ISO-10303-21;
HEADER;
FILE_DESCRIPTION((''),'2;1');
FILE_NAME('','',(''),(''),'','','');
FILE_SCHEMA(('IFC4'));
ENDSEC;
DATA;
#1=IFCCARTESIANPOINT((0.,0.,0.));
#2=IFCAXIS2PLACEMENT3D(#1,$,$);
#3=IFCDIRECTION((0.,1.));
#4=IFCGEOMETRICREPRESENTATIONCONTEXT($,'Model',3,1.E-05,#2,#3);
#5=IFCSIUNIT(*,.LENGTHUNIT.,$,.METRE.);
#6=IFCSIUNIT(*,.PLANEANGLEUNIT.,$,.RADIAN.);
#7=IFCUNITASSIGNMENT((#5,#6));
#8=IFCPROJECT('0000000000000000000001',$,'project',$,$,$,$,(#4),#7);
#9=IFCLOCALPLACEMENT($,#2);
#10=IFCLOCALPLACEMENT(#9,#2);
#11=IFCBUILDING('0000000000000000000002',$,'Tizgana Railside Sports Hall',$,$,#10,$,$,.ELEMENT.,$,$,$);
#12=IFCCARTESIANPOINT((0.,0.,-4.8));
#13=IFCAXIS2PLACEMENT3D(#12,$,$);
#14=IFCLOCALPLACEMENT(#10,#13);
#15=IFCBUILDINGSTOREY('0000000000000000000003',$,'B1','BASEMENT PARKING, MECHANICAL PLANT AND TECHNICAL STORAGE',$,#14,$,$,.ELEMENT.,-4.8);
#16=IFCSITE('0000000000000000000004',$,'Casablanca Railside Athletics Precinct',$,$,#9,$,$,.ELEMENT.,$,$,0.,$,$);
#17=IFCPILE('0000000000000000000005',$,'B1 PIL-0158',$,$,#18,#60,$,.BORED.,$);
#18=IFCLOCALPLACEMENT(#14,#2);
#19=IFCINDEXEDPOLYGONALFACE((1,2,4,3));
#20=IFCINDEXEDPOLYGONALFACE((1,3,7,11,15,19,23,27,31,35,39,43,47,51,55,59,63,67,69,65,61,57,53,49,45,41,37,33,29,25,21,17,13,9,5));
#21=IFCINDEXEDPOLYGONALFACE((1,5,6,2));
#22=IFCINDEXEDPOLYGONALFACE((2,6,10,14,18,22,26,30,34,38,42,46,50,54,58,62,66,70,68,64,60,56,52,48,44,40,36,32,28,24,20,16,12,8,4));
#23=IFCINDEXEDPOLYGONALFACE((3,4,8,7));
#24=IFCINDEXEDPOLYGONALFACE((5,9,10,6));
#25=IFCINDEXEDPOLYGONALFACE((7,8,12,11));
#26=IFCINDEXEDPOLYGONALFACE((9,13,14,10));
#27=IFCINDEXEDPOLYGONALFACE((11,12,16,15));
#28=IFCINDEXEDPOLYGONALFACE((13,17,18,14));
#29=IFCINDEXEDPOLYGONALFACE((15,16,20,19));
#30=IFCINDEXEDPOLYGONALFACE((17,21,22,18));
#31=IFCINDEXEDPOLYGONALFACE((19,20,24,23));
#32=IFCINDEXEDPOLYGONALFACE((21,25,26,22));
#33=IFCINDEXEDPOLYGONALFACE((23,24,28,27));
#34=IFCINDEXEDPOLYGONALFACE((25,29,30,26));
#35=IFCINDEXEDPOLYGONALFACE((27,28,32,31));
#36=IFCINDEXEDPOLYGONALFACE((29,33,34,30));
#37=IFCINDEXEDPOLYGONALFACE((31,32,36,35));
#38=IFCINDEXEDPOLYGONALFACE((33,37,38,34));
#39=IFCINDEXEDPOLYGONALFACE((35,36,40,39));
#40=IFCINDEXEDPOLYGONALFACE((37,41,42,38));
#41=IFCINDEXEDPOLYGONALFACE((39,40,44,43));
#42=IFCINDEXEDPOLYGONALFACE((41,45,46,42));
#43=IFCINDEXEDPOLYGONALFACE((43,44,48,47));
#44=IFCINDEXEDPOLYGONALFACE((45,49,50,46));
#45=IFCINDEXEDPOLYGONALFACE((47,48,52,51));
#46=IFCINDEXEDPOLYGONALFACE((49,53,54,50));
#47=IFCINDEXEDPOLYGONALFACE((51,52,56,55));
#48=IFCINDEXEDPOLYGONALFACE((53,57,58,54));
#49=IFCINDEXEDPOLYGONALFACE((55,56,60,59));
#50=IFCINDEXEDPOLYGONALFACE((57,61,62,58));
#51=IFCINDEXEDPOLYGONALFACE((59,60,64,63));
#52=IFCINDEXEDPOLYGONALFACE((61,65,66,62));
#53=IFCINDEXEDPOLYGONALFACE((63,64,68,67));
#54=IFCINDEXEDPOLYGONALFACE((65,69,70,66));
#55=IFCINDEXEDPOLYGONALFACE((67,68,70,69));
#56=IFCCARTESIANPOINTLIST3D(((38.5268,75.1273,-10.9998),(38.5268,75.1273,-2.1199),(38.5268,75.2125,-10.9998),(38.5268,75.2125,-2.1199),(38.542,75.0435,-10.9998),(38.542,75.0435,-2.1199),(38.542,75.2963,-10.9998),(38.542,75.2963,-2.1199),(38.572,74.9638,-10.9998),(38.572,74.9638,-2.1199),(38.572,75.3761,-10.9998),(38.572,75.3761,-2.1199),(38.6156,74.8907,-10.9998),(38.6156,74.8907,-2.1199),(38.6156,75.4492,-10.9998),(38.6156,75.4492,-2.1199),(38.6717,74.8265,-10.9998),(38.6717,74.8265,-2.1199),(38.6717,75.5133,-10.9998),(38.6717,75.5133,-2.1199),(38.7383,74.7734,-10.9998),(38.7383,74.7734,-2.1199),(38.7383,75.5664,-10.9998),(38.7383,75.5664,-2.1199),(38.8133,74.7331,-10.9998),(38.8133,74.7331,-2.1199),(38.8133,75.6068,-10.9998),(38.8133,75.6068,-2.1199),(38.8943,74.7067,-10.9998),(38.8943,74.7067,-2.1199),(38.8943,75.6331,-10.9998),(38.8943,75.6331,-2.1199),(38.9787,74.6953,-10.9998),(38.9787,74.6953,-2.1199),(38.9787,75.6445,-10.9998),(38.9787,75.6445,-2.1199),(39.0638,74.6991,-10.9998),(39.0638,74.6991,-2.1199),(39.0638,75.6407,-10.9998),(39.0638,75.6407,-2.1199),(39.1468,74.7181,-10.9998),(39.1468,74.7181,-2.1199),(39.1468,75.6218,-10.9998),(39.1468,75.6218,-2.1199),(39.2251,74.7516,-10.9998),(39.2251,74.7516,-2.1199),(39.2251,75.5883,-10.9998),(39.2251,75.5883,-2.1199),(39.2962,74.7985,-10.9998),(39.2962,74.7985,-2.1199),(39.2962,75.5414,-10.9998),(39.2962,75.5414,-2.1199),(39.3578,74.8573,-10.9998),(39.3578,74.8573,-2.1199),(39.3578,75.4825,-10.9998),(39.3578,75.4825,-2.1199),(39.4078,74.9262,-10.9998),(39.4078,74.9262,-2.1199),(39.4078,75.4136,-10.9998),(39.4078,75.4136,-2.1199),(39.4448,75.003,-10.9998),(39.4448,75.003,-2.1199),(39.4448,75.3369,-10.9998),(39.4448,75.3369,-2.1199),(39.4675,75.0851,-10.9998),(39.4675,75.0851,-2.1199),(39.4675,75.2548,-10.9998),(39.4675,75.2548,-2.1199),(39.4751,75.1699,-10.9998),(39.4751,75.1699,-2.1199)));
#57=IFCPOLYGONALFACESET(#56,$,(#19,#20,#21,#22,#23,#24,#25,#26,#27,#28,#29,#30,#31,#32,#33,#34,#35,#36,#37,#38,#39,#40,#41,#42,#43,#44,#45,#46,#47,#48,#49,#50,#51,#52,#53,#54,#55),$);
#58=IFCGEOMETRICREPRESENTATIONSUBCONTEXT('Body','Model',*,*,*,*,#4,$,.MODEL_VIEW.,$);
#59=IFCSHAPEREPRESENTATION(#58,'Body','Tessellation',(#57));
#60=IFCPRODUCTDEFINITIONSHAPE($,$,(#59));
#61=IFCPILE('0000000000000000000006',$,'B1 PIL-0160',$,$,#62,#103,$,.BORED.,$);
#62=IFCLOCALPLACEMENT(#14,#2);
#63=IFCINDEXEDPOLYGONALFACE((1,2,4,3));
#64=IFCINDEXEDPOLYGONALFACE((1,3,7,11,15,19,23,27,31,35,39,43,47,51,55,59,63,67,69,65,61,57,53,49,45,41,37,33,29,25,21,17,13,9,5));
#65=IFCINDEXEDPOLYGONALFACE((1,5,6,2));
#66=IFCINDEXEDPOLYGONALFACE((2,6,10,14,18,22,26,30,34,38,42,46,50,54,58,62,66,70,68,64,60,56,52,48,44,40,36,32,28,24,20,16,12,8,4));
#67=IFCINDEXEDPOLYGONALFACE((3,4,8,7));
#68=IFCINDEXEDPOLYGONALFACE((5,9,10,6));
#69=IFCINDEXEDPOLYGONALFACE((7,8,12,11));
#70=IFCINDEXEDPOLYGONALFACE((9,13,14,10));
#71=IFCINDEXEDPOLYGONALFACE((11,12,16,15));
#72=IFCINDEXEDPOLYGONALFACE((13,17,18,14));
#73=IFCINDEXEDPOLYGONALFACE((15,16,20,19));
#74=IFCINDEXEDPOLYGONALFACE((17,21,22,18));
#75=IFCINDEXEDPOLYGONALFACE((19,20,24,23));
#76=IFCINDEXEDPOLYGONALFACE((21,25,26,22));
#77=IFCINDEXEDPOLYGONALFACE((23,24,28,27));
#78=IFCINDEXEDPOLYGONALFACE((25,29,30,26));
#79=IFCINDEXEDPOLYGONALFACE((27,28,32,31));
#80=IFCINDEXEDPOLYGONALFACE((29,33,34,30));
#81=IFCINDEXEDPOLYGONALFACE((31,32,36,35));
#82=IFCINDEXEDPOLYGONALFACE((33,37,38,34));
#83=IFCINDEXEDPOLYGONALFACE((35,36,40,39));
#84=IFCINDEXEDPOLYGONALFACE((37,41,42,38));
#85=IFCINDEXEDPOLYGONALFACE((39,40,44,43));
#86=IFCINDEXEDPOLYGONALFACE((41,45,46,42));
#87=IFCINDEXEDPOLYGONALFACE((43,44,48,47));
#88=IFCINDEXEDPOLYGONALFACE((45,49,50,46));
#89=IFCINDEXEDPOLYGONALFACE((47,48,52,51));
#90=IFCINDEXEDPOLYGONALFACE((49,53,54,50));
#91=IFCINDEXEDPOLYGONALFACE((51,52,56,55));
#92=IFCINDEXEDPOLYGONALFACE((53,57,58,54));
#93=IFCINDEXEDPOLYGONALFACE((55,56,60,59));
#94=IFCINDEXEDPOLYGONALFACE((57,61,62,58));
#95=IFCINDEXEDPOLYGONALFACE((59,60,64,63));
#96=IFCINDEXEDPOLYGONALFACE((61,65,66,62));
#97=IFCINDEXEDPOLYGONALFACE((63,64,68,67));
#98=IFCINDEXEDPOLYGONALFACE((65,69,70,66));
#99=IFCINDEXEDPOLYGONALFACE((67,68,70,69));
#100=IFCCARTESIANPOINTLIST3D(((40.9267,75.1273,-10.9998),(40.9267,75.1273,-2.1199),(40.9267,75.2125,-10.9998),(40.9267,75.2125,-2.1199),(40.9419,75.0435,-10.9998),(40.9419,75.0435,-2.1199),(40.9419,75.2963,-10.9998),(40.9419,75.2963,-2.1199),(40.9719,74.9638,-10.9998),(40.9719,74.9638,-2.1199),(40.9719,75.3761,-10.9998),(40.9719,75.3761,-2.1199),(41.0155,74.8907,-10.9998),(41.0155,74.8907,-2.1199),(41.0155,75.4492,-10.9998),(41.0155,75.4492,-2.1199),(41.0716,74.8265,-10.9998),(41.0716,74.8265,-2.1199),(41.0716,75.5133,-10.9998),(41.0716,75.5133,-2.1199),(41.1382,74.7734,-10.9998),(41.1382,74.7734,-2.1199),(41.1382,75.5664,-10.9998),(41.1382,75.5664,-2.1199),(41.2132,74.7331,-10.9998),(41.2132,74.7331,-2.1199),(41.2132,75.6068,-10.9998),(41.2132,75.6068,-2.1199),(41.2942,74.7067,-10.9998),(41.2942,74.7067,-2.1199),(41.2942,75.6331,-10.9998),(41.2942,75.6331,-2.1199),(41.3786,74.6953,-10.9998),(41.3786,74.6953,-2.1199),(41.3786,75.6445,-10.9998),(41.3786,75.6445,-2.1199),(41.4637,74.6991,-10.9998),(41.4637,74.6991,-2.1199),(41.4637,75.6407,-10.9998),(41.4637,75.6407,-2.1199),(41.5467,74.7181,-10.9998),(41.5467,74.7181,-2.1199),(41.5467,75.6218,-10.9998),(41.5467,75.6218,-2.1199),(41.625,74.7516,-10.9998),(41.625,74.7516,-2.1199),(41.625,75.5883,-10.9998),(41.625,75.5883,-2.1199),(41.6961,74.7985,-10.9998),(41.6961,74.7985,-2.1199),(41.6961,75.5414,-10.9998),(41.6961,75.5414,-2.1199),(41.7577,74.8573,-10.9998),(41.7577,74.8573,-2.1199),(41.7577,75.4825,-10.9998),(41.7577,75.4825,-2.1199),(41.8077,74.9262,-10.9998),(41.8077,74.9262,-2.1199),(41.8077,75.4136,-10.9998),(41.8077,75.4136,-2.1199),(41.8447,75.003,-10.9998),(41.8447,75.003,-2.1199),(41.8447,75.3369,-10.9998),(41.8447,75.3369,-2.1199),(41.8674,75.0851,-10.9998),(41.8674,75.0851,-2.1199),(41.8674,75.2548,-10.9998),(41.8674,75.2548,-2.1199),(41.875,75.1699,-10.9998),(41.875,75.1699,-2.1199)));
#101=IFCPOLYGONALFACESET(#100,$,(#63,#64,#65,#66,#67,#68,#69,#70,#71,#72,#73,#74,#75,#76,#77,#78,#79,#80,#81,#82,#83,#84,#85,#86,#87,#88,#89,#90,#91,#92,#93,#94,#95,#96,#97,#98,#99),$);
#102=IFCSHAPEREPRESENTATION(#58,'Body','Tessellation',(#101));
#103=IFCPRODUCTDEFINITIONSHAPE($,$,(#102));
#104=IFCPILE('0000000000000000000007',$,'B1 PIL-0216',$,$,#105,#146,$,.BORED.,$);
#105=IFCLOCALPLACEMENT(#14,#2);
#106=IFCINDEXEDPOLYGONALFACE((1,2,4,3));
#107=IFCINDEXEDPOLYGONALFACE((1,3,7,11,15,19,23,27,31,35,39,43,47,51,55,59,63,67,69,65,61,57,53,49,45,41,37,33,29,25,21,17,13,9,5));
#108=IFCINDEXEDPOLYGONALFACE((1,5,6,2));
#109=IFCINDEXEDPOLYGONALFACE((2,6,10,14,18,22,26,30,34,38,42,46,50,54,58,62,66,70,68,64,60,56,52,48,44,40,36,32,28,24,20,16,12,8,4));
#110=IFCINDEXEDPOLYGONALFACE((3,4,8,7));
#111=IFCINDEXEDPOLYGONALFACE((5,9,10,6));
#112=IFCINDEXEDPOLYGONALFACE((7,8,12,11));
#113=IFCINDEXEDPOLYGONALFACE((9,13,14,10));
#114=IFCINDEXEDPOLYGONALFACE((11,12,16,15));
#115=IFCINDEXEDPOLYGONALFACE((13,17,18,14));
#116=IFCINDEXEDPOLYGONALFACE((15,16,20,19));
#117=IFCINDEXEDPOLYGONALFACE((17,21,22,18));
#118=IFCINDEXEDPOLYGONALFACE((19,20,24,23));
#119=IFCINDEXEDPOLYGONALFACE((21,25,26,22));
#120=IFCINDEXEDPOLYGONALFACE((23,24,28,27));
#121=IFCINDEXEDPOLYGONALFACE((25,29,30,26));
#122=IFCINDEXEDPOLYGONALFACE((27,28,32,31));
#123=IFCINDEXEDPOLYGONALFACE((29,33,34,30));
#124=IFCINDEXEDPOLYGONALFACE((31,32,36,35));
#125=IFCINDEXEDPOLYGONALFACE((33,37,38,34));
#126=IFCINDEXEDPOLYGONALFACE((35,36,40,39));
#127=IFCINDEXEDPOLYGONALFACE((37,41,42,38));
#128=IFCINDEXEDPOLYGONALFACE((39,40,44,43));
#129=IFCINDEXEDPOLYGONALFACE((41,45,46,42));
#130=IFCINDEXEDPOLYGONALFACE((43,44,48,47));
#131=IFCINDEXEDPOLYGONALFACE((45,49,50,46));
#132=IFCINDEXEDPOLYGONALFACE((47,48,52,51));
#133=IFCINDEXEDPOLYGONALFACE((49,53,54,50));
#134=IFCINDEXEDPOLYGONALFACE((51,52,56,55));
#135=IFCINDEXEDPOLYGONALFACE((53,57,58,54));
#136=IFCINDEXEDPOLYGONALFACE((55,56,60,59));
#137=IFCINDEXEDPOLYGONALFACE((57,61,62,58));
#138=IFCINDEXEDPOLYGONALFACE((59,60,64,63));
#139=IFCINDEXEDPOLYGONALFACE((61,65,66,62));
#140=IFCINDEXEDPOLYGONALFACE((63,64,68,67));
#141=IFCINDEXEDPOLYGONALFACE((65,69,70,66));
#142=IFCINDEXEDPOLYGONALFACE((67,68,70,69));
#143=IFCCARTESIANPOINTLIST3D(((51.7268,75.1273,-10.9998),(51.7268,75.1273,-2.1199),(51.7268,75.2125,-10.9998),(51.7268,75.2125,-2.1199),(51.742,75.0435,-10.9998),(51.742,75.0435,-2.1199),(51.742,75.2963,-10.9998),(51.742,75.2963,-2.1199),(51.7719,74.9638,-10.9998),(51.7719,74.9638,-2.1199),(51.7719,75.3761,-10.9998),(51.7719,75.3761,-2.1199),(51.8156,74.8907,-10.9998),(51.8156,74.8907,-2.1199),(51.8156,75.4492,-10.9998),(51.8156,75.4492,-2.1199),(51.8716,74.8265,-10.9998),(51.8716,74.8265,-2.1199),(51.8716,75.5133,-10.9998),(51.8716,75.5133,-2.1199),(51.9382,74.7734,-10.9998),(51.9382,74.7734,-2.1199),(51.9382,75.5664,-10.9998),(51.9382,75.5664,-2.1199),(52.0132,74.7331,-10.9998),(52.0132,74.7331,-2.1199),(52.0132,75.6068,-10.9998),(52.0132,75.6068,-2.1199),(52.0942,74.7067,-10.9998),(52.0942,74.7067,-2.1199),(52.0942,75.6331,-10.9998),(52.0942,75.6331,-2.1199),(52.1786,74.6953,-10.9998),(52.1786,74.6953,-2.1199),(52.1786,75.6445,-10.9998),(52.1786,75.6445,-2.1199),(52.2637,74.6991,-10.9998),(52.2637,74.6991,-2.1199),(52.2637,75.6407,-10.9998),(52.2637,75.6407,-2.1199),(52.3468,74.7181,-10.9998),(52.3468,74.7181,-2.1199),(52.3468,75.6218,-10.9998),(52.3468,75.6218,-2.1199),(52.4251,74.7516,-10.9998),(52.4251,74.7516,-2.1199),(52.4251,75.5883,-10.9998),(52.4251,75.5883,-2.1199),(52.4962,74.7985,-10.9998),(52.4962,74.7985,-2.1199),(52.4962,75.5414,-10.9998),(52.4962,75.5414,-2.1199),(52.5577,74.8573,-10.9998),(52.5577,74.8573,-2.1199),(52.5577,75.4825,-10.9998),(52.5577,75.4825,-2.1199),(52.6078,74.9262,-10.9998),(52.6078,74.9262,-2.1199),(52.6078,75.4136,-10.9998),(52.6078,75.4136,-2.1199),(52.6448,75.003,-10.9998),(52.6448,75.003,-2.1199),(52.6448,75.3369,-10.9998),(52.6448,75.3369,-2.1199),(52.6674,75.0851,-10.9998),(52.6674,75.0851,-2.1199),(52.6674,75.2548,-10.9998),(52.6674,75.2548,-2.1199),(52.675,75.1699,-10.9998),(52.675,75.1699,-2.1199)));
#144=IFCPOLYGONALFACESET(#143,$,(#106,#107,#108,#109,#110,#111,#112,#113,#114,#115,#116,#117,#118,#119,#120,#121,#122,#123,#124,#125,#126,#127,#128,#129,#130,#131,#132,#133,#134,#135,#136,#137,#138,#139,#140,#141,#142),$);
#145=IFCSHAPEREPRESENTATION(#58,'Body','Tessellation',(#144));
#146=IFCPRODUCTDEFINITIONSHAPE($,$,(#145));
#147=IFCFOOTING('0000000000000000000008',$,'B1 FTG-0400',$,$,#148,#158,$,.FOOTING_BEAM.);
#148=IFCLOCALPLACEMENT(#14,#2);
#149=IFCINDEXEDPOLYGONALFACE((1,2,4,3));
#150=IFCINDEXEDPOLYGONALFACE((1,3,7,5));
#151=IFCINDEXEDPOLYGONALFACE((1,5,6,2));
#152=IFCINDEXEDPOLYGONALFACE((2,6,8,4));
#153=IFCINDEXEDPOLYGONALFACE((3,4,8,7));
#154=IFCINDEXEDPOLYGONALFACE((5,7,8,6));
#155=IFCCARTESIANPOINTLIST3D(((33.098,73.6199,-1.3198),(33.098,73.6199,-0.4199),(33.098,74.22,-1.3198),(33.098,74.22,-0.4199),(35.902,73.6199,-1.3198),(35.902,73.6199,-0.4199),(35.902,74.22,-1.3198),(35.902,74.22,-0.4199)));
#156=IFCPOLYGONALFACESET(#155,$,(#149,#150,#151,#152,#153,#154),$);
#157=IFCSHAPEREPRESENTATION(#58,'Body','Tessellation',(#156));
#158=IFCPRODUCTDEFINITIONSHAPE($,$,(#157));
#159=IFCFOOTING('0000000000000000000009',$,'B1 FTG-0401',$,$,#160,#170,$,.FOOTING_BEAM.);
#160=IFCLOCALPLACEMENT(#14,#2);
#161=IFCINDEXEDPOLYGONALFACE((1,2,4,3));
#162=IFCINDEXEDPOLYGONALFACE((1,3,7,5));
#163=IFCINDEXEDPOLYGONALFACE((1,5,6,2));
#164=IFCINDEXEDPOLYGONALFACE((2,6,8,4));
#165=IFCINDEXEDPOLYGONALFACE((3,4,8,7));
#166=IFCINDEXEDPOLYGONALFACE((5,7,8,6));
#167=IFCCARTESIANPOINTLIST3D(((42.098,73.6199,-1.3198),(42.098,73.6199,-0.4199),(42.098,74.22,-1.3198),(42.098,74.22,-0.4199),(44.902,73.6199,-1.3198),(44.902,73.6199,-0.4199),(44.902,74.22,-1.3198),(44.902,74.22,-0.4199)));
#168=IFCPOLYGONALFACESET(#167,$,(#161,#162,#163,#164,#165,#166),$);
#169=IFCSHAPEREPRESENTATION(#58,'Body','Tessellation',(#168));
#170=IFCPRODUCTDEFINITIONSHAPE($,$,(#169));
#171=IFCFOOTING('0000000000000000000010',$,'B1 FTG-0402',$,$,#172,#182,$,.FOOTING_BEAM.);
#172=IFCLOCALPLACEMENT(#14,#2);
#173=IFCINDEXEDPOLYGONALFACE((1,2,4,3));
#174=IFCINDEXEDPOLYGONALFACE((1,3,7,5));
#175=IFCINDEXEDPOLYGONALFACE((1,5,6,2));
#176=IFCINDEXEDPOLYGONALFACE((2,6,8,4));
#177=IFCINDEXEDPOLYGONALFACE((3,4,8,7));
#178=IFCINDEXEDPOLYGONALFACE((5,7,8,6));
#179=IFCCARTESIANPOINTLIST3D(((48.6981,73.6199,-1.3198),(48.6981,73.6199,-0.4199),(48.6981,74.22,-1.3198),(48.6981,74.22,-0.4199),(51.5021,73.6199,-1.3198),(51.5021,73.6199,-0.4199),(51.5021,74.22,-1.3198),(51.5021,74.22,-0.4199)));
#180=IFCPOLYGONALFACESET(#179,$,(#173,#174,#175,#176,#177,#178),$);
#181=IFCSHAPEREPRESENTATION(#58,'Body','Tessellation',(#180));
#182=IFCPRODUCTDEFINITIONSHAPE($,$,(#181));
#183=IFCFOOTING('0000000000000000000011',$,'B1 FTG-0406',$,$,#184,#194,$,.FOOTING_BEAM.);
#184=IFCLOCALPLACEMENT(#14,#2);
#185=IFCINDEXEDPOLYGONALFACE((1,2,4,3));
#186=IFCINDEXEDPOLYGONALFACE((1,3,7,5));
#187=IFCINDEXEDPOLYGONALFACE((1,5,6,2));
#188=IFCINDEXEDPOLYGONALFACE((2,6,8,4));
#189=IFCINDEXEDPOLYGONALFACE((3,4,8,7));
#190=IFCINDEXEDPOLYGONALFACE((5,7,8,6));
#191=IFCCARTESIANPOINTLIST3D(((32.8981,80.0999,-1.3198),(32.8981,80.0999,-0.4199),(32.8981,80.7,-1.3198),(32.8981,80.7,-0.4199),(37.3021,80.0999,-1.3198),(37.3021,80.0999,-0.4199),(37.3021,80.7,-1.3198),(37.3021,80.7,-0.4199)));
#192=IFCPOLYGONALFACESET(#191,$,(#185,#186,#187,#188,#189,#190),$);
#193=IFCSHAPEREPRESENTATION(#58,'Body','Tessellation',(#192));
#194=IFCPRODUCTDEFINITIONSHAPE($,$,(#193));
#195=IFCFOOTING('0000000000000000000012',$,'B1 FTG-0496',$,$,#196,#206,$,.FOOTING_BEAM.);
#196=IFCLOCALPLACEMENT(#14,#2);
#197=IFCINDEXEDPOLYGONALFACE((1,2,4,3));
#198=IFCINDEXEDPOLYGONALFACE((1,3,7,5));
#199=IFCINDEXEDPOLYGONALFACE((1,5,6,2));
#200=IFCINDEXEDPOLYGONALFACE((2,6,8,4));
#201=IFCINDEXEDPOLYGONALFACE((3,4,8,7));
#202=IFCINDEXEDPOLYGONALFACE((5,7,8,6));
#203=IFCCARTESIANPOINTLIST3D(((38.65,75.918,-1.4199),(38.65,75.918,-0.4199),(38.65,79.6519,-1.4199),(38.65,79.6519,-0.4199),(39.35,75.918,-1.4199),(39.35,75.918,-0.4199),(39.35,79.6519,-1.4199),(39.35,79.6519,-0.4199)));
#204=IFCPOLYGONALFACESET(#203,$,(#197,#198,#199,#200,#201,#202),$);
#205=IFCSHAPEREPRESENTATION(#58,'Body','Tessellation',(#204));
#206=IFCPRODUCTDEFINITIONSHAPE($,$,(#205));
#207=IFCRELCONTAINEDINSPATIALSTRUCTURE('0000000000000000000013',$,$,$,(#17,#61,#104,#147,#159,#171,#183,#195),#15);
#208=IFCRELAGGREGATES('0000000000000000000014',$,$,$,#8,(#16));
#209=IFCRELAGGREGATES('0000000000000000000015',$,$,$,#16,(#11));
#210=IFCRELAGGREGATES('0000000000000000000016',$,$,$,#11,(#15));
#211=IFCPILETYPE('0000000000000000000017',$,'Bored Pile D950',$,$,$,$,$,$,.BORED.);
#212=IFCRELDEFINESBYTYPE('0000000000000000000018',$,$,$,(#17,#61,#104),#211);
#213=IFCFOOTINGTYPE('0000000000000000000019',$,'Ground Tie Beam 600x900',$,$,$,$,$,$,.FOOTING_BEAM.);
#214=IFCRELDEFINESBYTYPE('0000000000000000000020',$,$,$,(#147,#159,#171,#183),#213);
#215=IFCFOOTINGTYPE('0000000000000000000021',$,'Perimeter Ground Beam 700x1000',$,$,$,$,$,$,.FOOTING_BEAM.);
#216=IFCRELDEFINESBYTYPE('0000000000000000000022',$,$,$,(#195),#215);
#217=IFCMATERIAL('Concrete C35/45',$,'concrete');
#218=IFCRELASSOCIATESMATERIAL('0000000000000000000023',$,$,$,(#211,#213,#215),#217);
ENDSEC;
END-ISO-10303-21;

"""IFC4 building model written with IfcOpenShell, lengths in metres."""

from ifc_helpers import new_model, si_unit, direction, frame, origin, origin_2d, place, context, subcontext, project, spatial, rectangle, circle, extrude, material, material_profile, profile_set, type_object, element, save


model = new_model("IFC4")

# Units and contexts
model_context = context("Model", 3, precision=1e-05, world=origin(), true_north=direction((0.0, 1.0)))
body_context = subcontext(model_context, "Body", "Model", "MODEL_VIEW")
ifc_project = project(units=[si_unit("LENGTHUNIT", "METRE"), si_unit("PLANEANGLEUNIT", "RADIAN")], contexts=[model_context])

# Site, building, storey
site_placement = place(None, origin())
site = spatial("IfcSite", under=ifc_project, at=site_placement, Name="Casablanca Railside Athletics Precinct", CompositionType="ELEMENT", RefElevation=0.0)
building_placement = place(site_placement, origin())
building = spatial("IfcBuilding", under=site, at=building_placement, Name="Tizgana Railside Sports Hall", CompositionType="ELEMENT")
storey_placement = place(building_placement, frame((0.0, 0.0, -4.8)))
storey = spatial("IfcBuildingStorey", under=building, at=storey_placement, Name="B1", Description="BASEMENT PARKING, MECHANICAL PLANT AND TECHNICAL STORAGE", CompositionType="ELEMENT", Elevation=-4.8)

# Piles
ifc_material_1 = material(Name="Concrete C35/45", Category="concrete")
ifc_material_profile_1 = material_profile(ifc_material_1, circle(Radius=0.4751, at=origin_2d()), Name="PILE D950")
ifc_profile_set_1 = profile_set([ifc_material_profile_1], Name="Concrete C35/45")
pile_type_1 = type_object("IfcPileType", Name="Bored Pile D950", PredefinedType="BORED", material=ifc_profile_set_1)
for number, where, z_axis, x_axis, name in (
    (1, (39.0, 75.1699, -2.1199), (0.0, 0.0, -1.0), (1.0, 0.0, 0.0), "B1 PIL-0158"),
    (2, (41.3999, 75.1699, -2.1199), (0.0, 0.0, -1.0), (1.0, 0.0, 0.0), "B1 PIL-0160"),
    (3, (52.2, 75.1699, -2.1199), (0.0, 0.0, -1.0), (1.0, 0.0, 0.0), "B1 PIL-0216"),
):
    element("IfcPile", number, at=place(storey_placement, frame(where, z_axis=z_axis, x_axis=x_axis)), inside=storey, type_object=pile_type_1, Name=name, PredefinedType="BORED", context=body_context, shape_type="SweptSolid", body=[
        extrude(circle(Radius=0.4751, at=origin_2d()), origin(), (0.0, 0.0, 1.0), 8.8799),
    ])

# Footings
footing_type_1 = type_object("IfcFootingType", Name="Ground Tie Beam 600x900", PredefinedType="FOOTING_BEAM", material=ifc_material_1)
for number, where, z_axis, x_axis, name in (
    (4, (34.5, 73.9199, -1.3198), (0.0, 0.0, 1.0), (1.0, 0.0, 0.0), "B1 FTG-0400"),
    (5, (43.5, 73.9199, -1.3198), (0.0, 0.0, 1.0), (1.0, 0.0, 0.0), "B1 FTG-0401"),
    (6, (50.1001, 73.9199, -1.3198), (0.0, 0.0, 1.0), (1.0, 0.0, 0.0), "B1 FTG-0402"),
):
    element("IfcFooting", number, at=place(storey_placement, frame(where, z_axis=z_axis, x_axis=x_axis)), inside=storey, type_object=footing_type_1, Name=name, PredefinedType="FOOTING_BEAM", context=body_context, shape_type="SweptSolid", body=[
        extrude(rectangle(XDim=2.804, YDim=0.6001, at=origin_2d()), origin(), (0.0, 0.0, 1.0), 0.8999),
    ])
footing_1_placement = place(storey_placement, frame((35.1001, 80.3999, -1.3198), z_axis=(0.0, 0.0, 1.0), x_axis=(1.0, 0.0, 0.0)))
element("IfcFooting", 7, at=footing_1_placement, inside=storey, type_object=footing_type_1, Name="B1 FTG-0406", PredefinedType="FOOTING_BEAM", context=body_context, shape_type="SweptSolid", body=[
    extrude(rectangle(XDim=4.4041, YDim=0.6001, at=origin_2d()), origin(), (0.0, 0.0, 1.0), 0.8999),
])
footing_type_2 = type_object("IfcFootingType", Name="Perimeter Ground Beam 700x1000", PredefinedType="FOOTING_BEAM", material=ifc_material_1)
footing_2_placement = place(storey_placement, frame((39.0, 77.7849, -1.4199), z_axis=(0.0, 0.0, 1.0), x_axis=(0.0, 1.0, 0.0)))
element("IfcFooting", 8, at=footing_2_placement, inside=storey, type_object=footing_type_2, Name="B1 FTG-0496", PredefinedType="FOOTING_BEAM", context=body_context, shape_type="SweptSolid", body=[
    extrude(rectangle(XDim=3.7339, YDim=0.7, at=origin_2d()), origin(), (0.0, 0.0, 1.0), 1.0),
])

save(model, "model.ifc")
